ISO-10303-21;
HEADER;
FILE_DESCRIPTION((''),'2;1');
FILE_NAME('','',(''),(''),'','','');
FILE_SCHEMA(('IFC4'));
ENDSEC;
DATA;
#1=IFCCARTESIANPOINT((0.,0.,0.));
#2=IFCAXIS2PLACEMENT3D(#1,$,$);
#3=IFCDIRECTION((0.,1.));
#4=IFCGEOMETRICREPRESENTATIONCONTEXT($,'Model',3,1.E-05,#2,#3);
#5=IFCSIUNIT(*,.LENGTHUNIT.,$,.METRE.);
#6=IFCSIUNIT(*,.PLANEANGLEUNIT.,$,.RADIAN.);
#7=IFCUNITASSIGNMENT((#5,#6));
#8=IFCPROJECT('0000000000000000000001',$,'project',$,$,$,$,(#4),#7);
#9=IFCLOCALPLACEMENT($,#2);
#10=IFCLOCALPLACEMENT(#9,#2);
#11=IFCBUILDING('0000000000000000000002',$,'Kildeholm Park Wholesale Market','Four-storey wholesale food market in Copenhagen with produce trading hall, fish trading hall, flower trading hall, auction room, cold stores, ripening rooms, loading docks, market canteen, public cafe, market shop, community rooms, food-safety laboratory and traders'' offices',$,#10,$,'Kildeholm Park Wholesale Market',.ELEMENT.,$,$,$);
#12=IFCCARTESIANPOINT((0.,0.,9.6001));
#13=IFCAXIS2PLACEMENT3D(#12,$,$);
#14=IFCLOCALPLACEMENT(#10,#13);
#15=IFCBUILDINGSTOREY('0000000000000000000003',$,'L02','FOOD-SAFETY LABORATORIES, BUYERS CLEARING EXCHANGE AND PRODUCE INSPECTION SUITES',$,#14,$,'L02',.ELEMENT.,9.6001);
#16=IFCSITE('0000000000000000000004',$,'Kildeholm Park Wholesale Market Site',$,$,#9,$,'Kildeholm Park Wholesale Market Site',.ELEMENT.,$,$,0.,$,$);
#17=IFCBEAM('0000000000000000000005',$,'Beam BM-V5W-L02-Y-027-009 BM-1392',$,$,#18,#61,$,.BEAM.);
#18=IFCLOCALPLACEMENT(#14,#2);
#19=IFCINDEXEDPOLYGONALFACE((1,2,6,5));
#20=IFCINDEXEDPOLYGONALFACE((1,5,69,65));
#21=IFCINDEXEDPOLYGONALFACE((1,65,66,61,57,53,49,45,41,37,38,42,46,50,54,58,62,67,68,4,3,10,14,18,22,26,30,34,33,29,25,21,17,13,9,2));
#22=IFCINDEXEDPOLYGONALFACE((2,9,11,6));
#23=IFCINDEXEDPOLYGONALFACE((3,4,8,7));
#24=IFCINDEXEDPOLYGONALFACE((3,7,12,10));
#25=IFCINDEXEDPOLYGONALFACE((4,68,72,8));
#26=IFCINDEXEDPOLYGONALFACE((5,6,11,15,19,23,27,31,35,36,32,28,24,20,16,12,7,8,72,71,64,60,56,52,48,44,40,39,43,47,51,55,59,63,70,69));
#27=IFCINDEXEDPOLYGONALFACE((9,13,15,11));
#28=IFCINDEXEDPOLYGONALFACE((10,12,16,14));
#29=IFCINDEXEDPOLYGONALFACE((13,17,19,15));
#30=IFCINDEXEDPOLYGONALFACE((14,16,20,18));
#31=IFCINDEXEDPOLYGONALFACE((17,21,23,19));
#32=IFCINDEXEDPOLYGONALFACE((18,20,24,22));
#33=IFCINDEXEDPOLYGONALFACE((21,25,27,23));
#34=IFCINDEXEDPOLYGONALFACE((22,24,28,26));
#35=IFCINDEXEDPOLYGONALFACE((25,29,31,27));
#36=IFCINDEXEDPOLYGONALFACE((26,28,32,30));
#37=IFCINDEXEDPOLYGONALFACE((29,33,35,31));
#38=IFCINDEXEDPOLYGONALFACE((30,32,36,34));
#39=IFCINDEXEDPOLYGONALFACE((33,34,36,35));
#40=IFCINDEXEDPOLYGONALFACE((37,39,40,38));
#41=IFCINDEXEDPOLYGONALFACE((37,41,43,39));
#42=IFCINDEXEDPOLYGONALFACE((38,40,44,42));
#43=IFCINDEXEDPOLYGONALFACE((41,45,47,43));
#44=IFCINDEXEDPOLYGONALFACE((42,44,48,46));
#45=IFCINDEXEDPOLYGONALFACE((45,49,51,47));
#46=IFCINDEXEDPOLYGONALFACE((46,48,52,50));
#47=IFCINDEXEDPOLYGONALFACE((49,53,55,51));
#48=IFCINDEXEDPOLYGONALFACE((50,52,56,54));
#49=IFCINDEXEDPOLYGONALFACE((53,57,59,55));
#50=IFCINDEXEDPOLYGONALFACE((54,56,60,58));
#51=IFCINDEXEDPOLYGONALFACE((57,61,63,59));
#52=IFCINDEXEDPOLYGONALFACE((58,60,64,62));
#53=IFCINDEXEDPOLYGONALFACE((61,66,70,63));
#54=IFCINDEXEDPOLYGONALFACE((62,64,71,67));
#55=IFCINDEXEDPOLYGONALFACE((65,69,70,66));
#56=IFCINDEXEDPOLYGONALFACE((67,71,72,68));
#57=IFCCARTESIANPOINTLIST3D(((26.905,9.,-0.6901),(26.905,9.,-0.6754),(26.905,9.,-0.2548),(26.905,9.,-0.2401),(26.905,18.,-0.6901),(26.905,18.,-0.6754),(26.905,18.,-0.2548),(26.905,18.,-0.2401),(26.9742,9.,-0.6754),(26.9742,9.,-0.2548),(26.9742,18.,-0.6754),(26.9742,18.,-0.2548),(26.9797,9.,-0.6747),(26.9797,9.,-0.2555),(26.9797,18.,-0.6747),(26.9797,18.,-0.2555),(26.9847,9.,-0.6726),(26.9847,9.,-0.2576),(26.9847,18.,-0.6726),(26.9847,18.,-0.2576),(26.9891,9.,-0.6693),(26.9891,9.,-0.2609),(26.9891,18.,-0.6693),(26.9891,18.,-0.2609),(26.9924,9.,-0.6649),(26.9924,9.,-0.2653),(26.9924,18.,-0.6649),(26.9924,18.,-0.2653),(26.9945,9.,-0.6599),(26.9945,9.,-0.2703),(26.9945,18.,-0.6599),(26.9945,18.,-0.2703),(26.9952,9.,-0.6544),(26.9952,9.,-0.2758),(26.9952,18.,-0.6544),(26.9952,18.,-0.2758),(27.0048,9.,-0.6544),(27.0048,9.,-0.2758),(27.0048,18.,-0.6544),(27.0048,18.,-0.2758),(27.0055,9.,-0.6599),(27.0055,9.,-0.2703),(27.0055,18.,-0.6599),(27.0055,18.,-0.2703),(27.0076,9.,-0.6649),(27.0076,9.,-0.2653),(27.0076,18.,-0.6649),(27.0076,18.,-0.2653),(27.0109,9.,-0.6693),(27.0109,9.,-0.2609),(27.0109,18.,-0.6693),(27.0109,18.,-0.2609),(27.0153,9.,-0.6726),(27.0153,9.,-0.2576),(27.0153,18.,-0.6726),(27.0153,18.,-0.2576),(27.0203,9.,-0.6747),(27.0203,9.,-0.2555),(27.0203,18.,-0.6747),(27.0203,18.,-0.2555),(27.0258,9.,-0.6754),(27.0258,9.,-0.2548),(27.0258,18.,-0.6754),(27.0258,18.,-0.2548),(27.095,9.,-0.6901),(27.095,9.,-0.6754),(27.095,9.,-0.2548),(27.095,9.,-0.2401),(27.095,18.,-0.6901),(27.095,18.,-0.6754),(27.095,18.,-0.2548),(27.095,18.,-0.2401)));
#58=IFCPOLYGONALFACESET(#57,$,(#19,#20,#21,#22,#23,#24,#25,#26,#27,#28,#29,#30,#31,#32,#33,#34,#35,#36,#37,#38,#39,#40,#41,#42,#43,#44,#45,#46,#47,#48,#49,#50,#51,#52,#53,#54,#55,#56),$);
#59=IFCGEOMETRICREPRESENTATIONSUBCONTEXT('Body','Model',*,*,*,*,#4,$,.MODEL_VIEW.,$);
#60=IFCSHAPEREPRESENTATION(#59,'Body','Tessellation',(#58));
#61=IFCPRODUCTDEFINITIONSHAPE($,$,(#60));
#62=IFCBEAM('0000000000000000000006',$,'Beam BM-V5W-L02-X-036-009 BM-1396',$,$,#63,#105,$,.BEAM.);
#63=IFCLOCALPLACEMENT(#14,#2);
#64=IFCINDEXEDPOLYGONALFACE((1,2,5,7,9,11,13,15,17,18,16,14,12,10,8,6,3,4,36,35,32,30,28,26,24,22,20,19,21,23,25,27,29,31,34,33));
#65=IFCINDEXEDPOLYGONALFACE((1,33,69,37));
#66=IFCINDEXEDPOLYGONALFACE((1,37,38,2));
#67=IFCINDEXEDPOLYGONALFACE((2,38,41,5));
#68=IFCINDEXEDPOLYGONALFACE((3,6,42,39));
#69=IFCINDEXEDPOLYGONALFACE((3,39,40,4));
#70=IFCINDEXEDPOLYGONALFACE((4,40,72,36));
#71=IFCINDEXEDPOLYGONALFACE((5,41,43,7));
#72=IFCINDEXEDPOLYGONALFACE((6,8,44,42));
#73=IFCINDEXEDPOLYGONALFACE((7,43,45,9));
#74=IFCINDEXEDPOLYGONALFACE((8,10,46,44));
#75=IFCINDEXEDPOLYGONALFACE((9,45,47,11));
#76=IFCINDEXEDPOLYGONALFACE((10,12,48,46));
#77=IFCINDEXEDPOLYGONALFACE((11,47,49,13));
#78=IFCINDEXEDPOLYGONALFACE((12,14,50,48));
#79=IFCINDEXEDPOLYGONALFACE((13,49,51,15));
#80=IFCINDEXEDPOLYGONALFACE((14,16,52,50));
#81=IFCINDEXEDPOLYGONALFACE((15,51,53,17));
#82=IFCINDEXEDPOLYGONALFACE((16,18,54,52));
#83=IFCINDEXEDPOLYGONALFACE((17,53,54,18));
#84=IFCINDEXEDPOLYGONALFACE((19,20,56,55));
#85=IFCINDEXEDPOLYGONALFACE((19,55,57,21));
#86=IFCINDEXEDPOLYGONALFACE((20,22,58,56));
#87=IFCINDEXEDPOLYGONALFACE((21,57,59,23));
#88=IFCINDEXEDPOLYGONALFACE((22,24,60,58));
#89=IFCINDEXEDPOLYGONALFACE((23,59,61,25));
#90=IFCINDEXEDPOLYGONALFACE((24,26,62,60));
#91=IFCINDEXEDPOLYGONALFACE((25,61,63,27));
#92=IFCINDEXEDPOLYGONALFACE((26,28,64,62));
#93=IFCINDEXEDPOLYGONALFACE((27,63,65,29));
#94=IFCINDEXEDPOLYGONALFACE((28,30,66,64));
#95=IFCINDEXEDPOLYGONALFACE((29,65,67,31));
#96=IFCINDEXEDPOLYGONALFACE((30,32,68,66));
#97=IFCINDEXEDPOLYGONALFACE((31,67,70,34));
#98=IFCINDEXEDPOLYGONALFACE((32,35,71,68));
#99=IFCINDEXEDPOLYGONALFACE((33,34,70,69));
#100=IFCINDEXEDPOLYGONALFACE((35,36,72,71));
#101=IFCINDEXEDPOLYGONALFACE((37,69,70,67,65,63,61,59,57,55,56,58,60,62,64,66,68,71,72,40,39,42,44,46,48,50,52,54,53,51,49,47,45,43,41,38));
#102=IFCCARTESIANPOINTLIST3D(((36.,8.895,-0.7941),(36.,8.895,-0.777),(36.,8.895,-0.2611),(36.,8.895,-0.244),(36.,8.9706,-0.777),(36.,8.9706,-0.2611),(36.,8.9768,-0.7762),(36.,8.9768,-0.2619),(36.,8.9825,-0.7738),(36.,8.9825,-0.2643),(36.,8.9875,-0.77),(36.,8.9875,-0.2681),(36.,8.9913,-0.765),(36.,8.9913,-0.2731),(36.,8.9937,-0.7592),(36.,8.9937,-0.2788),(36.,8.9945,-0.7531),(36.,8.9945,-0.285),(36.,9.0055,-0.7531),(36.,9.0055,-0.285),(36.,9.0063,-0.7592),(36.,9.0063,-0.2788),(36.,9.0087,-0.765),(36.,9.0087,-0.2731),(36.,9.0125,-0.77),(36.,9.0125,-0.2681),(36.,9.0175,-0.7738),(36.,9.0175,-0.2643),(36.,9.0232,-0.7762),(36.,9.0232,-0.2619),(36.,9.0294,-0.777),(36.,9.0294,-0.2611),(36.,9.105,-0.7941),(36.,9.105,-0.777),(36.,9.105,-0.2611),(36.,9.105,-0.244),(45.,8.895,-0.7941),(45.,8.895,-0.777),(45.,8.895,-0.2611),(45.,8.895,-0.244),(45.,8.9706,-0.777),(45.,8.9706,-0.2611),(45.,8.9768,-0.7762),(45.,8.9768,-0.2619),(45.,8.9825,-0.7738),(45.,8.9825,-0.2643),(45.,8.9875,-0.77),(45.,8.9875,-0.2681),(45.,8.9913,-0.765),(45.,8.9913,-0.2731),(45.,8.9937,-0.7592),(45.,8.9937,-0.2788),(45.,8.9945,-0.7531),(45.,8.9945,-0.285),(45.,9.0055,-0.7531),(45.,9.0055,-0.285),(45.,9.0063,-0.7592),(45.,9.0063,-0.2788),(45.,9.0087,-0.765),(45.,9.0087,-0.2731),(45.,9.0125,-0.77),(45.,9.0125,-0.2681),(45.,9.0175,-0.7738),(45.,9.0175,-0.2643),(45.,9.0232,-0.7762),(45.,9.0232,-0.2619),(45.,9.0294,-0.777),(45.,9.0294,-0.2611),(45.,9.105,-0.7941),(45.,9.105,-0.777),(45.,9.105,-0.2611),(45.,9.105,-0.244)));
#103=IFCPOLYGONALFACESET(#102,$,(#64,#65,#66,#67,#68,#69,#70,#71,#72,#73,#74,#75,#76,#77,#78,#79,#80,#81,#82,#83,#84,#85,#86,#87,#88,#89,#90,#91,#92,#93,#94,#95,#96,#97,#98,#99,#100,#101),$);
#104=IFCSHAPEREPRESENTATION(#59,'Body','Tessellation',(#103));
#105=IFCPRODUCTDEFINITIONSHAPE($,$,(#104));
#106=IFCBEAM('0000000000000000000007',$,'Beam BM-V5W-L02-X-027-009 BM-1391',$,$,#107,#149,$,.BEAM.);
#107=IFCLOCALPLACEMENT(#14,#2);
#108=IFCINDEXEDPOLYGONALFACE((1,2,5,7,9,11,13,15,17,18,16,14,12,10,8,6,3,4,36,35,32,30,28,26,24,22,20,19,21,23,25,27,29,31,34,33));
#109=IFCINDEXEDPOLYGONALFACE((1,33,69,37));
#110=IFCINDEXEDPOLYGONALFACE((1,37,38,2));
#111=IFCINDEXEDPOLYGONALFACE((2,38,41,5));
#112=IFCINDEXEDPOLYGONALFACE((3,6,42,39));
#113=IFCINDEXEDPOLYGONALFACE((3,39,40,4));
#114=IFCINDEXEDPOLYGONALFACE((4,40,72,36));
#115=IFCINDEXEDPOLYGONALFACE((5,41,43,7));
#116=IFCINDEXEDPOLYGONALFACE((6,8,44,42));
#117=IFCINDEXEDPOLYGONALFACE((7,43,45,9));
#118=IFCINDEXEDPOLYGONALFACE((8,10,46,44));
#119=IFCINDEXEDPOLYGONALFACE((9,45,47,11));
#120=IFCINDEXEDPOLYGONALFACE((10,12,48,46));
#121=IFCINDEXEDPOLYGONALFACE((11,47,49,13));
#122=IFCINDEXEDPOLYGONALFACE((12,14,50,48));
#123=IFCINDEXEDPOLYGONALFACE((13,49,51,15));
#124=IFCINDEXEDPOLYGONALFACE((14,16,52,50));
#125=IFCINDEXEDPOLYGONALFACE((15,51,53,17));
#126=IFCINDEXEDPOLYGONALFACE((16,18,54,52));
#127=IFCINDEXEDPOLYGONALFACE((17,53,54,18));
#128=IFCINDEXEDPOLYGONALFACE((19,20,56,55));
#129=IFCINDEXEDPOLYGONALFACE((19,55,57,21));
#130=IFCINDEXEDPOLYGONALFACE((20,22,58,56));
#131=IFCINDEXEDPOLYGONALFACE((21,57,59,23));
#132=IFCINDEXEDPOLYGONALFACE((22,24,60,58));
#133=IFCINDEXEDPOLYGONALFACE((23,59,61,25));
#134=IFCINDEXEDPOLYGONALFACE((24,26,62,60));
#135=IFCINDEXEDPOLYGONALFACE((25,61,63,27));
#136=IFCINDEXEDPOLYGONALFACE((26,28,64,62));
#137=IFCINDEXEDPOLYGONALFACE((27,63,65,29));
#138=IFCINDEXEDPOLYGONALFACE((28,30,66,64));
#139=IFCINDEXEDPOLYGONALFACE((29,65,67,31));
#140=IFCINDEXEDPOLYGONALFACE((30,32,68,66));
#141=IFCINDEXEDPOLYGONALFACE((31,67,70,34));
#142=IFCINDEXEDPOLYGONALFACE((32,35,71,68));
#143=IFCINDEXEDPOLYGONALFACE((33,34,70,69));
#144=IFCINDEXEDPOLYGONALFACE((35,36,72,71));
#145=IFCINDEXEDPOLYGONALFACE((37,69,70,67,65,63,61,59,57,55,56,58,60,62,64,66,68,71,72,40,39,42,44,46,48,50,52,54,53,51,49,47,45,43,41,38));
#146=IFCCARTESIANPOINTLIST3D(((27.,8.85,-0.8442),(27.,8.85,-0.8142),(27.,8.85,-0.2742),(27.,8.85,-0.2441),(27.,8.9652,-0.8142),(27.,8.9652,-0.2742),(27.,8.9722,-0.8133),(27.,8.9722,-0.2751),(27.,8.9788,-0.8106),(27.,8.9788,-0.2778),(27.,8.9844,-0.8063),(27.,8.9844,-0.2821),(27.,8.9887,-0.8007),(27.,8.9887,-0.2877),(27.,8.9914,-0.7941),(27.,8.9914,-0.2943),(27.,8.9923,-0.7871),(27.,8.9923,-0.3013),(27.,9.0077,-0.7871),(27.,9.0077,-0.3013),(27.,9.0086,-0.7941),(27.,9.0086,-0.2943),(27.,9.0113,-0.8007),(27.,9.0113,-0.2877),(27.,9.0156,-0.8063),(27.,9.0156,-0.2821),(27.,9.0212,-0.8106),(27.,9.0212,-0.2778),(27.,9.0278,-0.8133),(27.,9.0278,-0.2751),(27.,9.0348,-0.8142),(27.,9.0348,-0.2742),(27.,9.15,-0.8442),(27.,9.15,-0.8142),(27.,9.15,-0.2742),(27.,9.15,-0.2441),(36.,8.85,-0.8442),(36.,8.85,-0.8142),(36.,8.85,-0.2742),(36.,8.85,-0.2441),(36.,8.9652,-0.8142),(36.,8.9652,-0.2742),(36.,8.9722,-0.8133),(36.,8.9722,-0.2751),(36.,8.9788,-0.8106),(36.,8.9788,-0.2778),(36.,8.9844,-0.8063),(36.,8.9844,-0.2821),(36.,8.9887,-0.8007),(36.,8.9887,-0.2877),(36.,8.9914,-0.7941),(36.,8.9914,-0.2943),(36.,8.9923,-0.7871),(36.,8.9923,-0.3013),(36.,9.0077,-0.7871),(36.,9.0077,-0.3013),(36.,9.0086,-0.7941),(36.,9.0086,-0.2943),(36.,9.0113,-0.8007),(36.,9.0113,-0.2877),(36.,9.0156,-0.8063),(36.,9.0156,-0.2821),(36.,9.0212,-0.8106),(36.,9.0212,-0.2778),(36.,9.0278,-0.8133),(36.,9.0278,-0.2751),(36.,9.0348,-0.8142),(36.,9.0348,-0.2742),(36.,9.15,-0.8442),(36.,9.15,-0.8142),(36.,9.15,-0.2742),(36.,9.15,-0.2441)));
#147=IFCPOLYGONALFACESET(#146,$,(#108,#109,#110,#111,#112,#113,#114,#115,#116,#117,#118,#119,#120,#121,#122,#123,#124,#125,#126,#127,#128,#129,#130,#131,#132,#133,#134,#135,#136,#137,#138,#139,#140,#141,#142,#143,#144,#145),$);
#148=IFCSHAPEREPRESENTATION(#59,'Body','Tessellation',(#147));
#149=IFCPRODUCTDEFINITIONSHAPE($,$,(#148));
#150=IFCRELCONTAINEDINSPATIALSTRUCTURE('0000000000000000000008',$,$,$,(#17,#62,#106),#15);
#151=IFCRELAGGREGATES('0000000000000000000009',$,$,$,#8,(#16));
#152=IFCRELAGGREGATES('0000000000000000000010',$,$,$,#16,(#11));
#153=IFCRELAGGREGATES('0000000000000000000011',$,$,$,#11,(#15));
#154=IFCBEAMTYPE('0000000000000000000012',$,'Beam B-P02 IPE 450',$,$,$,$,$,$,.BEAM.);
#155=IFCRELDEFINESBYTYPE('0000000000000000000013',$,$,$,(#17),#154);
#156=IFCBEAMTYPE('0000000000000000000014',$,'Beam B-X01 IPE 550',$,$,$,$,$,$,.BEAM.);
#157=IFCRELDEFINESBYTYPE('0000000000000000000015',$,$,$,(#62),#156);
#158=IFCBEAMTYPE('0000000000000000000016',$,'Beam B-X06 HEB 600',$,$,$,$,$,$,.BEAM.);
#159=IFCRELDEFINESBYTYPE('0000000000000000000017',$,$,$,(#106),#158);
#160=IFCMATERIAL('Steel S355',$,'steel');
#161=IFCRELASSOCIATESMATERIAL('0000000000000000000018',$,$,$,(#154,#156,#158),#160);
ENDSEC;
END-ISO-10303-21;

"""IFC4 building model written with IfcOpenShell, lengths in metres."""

from ifc_helpers import new_model, si_unit, direction, frame, origin, origin_2d, place, context, subcontext, project, spatial, i_section, extrude, material, material_profile, profile_set, type_object, element, save


model = new_model("IFC4")

# Units and contexts
model_context = context("Model", 3, precision=1e-05, world=origin(), true_north=direction((0.0, 1.0)))
body_context = subcontext(model_context, "Body", "Model", "MODEL_VIEW")
ifc_project = project(units=[si_unit("LENGTHUNIT", "METRE"), si_unit("PLANEANGLEUNIT", "RADIAN")], contexts=[model_context])

# Site, building, storey
site_placement = place(None, origin())
site = spatial("IfcSite", under=ifc_project, at=site_placement, Name="Kildeholm Park Wholesale Market Site", LongName="Kildeholm Park Wholesale Market Site", CompositionType="ELEMENT", RefElevation=0.0)
building_placement = place(site_placement, origin())
building = spatial("IfcBuilding", under=site, at=building_placement, Name="Kildeholm Park Wholesale Market", Description="Four-storey wholesale food market in Copenhagen with produce trading hall, fish trading hall, flower trading hall, auction room, cold stores, ripening rooms, loading docks, market canteen, public cafe, market shop, community rooms, food-safety laboratory and traders' offices", LongName="Kildeholm Park Wholesale Market", CompositionType="ELEMENT")
storey_placement = place(building_placement, frame((0.0, 0.0, 9.6001)))
storey = spatial("IfcBuildingStorey", under=building, at=storey_placement, Name="L02", Description="FOOD-SAFETY LABORATORIES, BUYERS CLEARING EXCHANGE AND PRODUCE INSPECTION SUITES", LongName="L02", CompositionType="ELEMENT", Elevation=9.6001)

# Shared definitions
ifc_material_1 = material(Name="Steel S355", Category="steel")

# Beams
ifc_material_profile_1 = material_profile(ifc_material_1, i_section(OverallWidth=0.1899, OverallDepth=0.45, WebThickness=0.0095, FlangeThickness=0.0146, FilletRadius=0.021, at=origin_2d()), Name="IPE 450")
ifc_profile_set_1 = profile_set([ifc_material_profile_1], Name="Steel S355")
beam_type_1 = type_object("IfcBeamType", Name="Beam B-P02 IPE 450", PredefinedType="BEAM", material=ifc_profile_set_1)
for number, where, z_axis, x_axis, name in (
    (1, (27.0, 9.0, -0.4651), (0.0, 1.0, 0.0), (-1.0, 0.0, 0.0), "Beam BM-V5W-L02-Y-027-009 BM-1392"),
):
    element("IfcBeam", number, at=place(storey_placement, frame(where, z_axis=z_axis, x_axis=x_axis)), inside=storey, type_object=beam_type_1, Name=name, PredefinedType="BEAM", context=body_context, shape_type="SweptSolid", body=[
        extrude(i_section(OverallWidth=0.1899, OverallDepth=0.45, WebThickness=0.0095, FlangeThickness=0.0146, FilletRadius=0.021, at=origin_2d()), origin(), (0.0, 0.0, 1.0), 9.0),
    ])
ifc_material_profile_2 = material_profile(ifc_material_1, i_section(OverallWidth=0.21, OverallDepth=0.55, WebThickness=0.011, FlangeThickness=0.0171, FilletRadius=0.0239, at=origin_2d()), Name="IPE 550")
ifc_profile_set_2 = profile_set([ifc_material_profile_2], Name="Steel S355")
beam_type_2 = type_object("IfcBeamType", Name="Beam B-X01 IPE 550", PredefinedType="BEAM", material=ifc_profile_set_2)
beam_1_placement = place(storey_placement, frame((36.0, 9.0, -0.519), z_axis=(1.0, 0.0, 0.0), x_axis=(0.0, 1.0, 0.0)))
element("IfcBeam", 2, at=beam_1_placement, inside=storey, type_object=beam_type_2, Name="Beam BM-V5W-L02-X-036-009 BM-1396", PredefinedType="BEAM", context=body_context, shape_type="SweptSolid", body=[
    extrude(i_section(OverallWidth=0.21, OverallDepth=0.55, WebThickness=0.011, FlangeThickness=0.0171, FilletRadius=0.0239, at=origin_2d()), origin(), (0.0, 0.0, 1.0), 9.0),
])
ifc_material_profile_3 = material_profile(ifc_material_1, i_section(OverallWidth=0.3, OverallDepth=0.6001, WebThickness=0.0154, FlangeThickness=0.03, FilletRadius=0.0271, at=origin_2d()), Name="HEB 600")
ifc_profile_set_3 = profile_set([ifc_material_profile_3], Name="Steel S355")
beam_type_3 = type_object("IfcBeamType", Name="Beam B-X06 HEB 600", PredefinedType="BEAM", material=ifc_profile_set_3)
beam_2_placement = place(storey_placement, frame((27.0, 9.0, -0.5442), z_axis=(1.0, 0.0, 0.0), x_axis=(0.0, 1.0, 0.0)))
element("IfcBeam", 3, at=beam_2_placement, inside=storey, type_object=beam_type_3, Name="Beam BM-V5W-L02-X-027-009 BM-1391", PredefinedType="BEAM", context=body_context, shape_type="SweptSolid", body=[
    extrude(i_section(OverallWidth=0.3, OverallDepth=0.6001, WebThickness=0.0154, FlangeThickness=0.03, FilletRadius=0.0271, at=origin_2d()), origin(), (0.0, 0.0, 1.0), 9.0),
])

save(model, "model.ifc")
